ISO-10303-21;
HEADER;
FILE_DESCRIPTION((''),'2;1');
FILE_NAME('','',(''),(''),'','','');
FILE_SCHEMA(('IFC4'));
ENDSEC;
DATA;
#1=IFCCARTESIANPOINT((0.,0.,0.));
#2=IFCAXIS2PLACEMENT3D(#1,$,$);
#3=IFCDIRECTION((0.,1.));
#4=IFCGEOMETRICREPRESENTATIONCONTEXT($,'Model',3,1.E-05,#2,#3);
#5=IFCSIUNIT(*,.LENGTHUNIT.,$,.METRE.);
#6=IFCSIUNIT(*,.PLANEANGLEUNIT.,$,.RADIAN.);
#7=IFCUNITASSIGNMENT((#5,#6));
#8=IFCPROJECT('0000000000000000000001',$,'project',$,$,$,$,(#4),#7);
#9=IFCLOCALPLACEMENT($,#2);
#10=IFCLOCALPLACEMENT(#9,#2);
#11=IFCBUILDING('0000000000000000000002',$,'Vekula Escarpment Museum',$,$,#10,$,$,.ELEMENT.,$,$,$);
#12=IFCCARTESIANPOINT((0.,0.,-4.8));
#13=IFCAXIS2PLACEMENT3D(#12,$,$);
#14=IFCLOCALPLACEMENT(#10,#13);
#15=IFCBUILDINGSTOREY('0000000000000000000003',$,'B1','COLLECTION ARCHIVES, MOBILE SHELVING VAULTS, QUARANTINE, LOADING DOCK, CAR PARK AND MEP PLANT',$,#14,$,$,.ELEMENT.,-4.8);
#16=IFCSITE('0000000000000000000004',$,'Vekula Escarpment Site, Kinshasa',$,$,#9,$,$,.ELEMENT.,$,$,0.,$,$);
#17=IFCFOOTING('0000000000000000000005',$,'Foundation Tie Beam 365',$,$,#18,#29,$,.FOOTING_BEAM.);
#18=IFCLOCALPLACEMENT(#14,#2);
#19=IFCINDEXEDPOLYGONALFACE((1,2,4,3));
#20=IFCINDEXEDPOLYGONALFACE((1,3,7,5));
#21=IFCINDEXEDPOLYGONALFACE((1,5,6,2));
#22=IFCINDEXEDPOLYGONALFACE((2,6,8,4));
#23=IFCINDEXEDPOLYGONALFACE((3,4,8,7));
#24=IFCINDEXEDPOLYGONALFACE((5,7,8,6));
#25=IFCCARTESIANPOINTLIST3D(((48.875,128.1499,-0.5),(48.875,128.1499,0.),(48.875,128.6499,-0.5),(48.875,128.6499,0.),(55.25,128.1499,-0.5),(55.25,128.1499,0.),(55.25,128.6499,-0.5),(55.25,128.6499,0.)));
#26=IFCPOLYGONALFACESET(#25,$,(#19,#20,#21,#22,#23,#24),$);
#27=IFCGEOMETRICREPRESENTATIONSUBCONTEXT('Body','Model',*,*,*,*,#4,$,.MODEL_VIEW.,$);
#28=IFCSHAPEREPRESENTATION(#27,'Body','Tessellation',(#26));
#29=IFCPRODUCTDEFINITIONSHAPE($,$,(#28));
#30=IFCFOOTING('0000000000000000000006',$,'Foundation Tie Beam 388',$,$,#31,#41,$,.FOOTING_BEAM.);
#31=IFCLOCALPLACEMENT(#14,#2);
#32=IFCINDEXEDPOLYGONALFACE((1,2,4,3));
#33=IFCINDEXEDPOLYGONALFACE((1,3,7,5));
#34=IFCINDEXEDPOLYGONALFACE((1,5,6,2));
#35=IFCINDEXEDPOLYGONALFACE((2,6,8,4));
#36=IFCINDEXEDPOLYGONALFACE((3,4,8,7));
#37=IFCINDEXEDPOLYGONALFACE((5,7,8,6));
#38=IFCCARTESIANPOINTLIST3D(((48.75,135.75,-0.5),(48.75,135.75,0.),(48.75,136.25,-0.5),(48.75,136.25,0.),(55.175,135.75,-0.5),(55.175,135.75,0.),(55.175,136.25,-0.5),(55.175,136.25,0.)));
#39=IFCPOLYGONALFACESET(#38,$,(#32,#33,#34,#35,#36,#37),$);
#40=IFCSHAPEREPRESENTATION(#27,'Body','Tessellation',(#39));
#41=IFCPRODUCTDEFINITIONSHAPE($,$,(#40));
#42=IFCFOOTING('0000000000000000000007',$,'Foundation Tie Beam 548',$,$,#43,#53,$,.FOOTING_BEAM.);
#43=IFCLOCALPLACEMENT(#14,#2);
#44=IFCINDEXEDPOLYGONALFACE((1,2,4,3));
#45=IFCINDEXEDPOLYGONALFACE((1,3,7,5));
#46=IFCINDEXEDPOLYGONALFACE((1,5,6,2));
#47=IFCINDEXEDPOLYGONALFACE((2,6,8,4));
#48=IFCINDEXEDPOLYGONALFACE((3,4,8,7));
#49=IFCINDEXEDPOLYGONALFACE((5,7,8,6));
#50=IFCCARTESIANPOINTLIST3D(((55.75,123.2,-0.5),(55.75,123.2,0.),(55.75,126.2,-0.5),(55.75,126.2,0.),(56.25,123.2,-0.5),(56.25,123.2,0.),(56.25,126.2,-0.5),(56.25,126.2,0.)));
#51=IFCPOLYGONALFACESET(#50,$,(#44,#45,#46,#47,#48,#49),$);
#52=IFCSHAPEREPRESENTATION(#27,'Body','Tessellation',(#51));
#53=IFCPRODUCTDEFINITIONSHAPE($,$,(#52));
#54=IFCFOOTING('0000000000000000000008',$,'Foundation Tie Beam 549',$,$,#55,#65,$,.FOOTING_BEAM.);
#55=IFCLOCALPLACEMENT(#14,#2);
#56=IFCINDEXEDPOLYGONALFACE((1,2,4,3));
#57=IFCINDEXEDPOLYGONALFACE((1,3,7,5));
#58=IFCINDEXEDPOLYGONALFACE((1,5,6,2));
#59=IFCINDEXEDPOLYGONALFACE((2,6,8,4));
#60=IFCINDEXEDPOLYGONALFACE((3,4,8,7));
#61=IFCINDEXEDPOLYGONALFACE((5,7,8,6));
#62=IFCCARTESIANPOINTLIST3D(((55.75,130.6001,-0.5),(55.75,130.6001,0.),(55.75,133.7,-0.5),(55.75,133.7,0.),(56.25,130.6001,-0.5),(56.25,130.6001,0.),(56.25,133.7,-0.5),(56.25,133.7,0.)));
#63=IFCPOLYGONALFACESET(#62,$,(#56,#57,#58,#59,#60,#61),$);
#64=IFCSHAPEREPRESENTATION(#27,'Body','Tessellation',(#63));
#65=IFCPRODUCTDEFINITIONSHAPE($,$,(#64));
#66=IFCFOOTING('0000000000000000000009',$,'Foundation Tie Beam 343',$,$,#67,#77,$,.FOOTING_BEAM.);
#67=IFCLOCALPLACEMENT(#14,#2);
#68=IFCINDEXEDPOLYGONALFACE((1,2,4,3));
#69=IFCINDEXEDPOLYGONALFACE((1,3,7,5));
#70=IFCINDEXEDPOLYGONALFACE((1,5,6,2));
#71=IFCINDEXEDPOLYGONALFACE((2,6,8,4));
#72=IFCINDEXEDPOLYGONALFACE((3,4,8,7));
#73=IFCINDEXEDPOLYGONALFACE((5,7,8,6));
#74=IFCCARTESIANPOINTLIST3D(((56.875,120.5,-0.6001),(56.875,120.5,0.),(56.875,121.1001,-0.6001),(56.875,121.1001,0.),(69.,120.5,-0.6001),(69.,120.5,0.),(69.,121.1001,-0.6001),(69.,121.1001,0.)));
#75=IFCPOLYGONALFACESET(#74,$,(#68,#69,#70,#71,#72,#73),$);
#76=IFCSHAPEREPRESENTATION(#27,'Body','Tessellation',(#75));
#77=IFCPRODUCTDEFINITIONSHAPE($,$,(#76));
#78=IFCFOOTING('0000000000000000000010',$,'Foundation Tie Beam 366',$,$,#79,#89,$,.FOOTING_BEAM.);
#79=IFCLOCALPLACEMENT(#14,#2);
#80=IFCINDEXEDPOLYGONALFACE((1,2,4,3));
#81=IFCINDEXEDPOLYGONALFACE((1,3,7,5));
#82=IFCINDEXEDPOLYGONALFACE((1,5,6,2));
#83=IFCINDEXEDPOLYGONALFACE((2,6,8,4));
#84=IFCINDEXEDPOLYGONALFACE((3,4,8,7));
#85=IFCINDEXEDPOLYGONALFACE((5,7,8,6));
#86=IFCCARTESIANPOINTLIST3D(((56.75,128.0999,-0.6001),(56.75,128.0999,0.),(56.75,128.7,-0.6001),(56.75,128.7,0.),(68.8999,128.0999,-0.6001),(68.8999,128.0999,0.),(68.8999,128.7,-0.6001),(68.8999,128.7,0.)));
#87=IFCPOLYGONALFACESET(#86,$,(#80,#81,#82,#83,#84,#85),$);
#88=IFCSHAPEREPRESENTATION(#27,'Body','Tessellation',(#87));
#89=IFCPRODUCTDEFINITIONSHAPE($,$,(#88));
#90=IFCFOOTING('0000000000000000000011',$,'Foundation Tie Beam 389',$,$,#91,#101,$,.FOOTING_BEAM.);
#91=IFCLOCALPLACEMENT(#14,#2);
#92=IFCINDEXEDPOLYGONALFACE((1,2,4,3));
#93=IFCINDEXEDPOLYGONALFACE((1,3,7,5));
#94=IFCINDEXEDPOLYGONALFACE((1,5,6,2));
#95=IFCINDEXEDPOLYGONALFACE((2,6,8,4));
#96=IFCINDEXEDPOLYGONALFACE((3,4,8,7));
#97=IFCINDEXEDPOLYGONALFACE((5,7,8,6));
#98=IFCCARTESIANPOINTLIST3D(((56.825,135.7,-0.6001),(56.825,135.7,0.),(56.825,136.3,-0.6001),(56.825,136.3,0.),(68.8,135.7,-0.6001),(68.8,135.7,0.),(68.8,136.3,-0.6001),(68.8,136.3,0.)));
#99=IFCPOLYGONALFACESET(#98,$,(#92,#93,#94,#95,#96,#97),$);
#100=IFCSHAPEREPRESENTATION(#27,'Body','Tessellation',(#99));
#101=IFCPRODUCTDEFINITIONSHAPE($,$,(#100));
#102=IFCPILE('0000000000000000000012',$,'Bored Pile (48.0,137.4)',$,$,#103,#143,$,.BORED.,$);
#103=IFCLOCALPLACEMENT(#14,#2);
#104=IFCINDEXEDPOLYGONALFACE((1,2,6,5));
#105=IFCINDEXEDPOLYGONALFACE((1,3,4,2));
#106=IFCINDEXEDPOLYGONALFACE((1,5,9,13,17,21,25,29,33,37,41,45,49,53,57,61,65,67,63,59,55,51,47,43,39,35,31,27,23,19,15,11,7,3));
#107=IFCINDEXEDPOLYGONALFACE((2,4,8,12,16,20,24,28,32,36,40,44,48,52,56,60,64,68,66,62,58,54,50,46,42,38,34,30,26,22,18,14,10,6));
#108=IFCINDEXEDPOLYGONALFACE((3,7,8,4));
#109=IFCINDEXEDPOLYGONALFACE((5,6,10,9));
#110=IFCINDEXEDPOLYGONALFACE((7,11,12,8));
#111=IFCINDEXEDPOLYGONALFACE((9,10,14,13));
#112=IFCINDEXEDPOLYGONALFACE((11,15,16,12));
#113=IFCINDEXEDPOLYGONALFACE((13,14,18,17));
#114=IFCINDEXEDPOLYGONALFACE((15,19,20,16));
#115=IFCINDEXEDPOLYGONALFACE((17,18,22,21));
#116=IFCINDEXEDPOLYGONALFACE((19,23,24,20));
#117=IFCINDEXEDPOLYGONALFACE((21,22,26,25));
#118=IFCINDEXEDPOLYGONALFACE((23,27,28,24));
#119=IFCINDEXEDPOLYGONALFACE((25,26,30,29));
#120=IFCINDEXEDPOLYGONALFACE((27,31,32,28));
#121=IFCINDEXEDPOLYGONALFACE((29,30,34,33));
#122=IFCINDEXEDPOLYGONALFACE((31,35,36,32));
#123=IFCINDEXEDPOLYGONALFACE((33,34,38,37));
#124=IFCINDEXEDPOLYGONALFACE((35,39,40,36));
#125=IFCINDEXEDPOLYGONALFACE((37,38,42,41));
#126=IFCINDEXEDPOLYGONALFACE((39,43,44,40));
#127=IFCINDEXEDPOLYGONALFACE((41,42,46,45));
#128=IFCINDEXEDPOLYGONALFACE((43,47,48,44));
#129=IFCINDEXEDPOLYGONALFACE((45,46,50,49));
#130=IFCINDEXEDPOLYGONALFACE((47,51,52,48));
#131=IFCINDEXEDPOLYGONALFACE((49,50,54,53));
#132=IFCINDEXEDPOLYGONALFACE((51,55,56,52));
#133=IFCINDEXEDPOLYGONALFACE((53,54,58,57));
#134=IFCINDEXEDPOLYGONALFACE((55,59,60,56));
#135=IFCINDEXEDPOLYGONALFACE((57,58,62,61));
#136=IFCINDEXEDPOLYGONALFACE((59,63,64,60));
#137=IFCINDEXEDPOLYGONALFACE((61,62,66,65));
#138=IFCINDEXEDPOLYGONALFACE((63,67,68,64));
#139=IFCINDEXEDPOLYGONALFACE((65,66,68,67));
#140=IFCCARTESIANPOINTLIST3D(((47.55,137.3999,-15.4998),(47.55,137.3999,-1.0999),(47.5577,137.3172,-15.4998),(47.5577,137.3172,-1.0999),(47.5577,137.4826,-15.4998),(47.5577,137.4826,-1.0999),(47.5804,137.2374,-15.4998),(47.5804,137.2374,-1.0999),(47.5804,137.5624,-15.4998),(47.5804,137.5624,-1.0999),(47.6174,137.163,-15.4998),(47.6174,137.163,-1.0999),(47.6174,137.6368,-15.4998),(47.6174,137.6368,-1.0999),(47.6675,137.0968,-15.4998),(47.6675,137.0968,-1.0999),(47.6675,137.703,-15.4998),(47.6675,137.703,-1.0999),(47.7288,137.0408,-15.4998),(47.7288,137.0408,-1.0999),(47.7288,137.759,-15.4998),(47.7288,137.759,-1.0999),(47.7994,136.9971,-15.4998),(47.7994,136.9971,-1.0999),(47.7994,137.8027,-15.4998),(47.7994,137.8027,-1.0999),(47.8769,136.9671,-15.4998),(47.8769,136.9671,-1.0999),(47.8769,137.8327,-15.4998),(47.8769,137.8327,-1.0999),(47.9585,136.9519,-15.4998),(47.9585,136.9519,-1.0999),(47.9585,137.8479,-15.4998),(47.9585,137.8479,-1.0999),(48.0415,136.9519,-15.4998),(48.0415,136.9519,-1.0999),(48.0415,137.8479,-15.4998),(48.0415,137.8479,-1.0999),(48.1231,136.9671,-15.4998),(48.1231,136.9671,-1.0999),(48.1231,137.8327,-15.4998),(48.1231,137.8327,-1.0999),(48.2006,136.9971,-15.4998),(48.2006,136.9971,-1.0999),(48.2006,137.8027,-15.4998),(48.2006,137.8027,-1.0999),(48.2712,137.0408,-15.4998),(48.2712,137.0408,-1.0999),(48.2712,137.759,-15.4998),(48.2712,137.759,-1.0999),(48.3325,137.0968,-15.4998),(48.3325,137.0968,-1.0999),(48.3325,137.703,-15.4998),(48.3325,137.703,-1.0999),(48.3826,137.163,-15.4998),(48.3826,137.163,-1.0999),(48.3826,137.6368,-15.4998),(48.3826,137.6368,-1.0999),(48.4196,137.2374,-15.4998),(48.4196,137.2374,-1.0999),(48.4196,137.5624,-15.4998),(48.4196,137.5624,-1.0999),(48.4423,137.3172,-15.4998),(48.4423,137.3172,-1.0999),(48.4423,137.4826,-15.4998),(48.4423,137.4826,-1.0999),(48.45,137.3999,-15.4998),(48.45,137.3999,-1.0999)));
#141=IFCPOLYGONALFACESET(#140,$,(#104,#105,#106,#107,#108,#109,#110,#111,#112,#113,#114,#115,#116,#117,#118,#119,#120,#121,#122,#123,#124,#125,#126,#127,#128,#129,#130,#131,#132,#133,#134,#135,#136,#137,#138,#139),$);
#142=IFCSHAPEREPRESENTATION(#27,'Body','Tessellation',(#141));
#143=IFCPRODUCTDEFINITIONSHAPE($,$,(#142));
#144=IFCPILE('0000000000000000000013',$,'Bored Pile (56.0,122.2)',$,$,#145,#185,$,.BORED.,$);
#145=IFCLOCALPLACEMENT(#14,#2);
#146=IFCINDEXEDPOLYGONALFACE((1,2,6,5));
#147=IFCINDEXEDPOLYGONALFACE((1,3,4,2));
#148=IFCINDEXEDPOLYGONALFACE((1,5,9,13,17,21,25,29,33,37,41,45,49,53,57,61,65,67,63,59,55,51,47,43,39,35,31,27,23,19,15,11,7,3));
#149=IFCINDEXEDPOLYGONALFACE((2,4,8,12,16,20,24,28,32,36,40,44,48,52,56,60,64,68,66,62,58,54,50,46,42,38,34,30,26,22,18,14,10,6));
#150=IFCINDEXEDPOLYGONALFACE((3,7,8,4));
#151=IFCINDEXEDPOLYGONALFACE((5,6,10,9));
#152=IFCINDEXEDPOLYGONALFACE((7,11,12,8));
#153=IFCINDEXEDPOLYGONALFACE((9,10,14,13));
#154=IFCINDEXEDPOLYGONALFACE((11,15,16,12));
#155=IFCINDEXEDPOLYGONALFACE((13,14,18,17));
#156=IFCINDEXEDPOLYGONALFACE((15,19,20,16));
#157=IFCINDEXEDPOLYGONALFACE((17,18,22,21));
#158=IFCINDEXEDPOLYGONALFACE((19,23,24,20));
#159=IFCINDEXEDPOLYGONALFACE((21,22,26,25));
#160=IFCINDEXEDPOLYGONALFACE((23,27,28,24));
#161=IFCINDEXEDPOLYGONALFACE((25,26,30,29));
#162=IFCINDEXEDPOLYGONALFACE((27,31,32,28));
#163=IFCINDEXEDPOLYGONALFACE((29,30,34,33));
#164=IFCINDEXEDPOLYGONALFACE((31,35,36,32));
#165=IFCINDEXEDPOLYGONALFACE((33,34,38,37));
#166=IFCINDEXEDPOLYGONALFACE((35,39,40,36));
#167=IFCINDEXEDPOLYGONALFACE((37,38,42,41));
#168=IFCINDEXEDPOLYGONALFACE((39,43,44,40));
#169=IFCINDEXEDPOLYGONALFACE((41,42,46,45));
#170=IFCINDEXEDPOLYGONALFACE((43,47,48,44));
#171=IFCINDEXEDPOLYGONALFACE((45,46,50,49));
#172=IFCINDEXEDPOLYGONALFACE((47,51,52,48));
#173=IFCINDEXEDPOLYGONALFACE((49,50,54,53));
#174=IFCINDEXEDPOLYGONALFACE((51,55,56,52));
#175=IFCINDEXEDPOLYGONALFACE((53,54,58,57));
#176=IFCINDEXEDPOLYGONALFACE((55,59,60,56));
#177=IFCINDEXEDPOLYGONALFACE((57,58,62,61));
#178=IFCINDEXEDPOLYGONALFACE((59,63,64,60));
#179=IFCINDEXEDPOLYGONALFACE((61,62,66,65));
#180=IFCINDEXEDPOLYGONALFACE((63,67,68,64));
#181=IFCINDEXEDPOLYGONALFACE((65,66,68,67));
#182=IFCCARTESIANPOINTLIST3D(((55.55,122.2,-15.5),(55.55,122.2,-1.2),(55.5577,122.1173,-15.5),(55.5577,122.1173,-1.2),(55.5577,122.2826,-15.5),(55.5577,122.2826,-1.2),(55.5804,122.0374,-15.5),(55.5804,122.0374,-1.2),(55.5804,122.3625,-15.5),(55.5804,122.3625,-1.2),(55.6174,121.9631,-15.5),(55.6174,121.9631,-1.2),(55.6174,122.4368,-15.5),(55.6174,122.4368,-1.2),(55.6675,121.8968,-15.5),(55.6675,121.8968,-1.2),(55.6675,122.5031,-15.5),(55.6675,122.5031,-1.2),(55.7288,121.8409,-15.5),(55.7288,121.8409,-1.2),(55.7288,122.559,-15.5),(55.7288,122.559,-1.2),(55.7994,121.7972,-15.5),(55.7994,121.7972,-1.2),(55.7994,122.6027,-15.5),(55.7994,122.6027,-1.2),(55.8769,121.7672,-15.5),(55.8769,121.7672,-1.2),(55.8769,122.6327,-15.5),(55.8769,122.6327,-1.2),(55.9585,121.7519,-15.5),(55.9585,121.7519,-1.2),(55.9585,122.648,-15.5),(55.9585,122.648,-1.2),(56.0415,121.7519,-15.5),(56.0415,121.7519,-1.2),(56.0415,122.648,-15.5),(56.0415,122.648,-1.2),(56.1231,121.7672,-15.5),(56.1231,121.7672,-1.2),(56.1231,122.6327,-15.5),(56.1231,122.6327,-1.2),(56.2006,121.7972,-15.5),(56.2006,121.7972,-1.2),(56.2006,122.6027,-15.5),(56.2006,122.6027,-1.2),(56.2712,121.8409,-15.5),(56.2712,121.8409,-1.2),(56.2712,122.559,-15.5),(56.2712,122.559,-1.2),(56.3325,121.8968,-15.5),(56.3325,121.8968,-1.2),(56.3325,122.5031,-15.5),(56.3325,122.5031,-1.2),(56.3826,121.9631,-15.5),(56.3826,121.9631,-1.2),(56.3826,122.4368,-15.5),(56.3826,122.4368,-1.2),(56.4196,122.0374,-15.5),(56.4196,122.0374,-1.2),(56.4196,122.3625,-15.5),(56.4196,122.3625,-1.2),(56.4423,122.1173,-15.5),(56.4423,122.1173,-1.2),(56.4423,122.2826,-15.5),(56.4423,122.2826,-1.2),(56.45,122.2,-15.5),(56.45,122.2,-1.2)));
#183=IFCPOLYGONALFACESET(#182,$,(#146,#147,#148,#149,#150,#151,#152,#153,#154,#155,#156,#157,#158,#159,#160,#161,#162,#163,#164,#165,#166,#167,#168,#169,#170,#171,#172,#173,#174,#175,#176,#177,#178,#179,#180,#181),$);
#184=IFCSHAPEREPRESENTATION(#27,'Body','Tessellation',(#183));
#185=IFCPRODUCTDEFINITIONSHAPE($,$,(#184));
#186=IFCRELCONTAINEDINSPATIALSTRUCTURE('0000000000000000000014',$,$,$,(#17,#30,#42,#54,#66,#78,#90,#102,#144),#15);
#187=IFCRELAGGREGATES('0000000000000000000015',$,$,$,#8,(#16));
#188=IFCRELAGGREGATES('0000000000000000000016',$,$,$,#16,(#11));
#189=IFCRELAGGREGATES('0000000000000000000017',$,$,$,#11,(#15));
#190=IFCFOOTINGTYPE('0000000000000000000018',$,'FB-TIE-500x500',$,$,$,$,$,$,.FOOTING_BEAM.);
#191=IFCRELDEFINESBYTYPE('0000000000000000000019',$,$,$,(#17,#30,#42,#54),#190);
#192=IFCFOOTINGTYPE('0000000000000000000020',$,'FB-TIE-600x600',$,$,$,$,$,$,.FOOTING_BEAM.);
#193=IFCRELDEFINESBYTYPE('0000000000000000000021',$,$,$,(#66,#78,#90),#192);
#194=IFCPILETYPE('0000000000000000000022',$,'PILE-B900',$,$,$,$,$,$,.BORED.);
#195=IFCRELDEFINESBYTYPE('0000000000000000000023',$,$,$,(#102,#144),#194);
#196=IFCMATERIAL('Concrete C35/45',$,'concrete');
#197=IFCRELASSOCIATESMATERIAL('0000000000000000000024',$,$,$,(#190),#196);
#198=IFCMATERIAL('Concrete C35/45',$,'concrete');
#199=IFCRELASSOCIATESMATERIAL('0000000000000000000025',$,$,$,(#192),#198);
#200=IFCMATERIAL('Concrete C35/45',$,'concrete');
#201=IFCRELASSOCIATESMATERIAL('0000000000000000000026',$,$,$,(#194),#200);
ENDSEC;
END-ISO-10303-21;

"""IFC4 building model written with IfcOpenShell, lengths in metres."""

from ifc_helpers import new_model, si_unit, direction, frame, origin, origin_2d, place, context, subcontext, project, spatial, rectangle, circle, extrude, material, material_profile, profile_set, type_object, element, save


model = new_model("IFC4")

# Units and contexts
model_context = context("Model", 3, precision=1e-05, world=origin(), true_north=direction((0.0, 1.0)))
body_context = subcontext(model_context, "Body", "Model", "MODEL_VIEW")
ifc_project = project(units=[si_unit("LENGTHUNIT", "METRE"), si_unit("PLANEANGLEUNIT", "RADIAN")], contexts=[model_context])

# Site, building, storey
site_placement = place(None, origin())
site = spatial("IfcSite", under=ifc_project, at=site_placement, Name="Vekula Escarpment Site, Kinshasa", CompositionType="ELEMENT", RefElevation=0.0)
building_placement = place(site_placement, origin())
building = spatial("IfcBuilding", under=site, at=building_placement, Name="Vekula Escarpment Museum", CompositionType="ELEMENT")
storey_placement = place(building_placement, frame((0.0, 0.0, -4.8)))
storey = spatial("IfcBuildingStorey", under=building, at=storey_placement, Name="B1", Description="COLLECTION ARCHIVES, MOBILE SHELVING VAULTS, QUARANTINE, LOADING DOCK, CAR PARK AND MEP PLANT", CompositionType="ELEMENT", Elevation=-4.8)

# Footings
ifc_material_1 = material(Name="Concrete C35/45", Category="concrete")
ifc_material_profile_1 = material_profile(ifc_material_1, rectangle(XDim=0.5, YDim=0.5, at=origin_2d()), Name="RC 500x500")
ifc_profile_set_1 = profile_set([ifc_material_profile_1], Name="Concrete C35/45")
footing_type_1 = type_object("IfcFootingType", Name="FB-TIE-500x500", PredefinedType="FOOTING_BEAM", material=ifc_profile_set_1)
footing_1_placement = place(storey_placement, frame((48.875, 128.3999, -0.25), z_axis=(1.0, 0.0, 0.0), x_axis=(0.0, 1.0, 0.0)))
element("IfcFooting", 1, at=footing_1_placement, inside=storey, type_object=footing_type_1, Name="Foundation Tie Beam 365", PredefinedType="FOOTING_BEAM", context=body_context, shape_type="SweptSolid", body=[
    extrude(rectangle(XDim=0.5, YDim=0.5, at=origin_2d()), origin(), (0.0, 0.0, 1.0), 6.375),
])
footing_2_placement = place(storey_placement, frame((48.75, 136.0, -0.25), z_axis=(1.0, 0.0, 0.0), x_axis=(0.0, 1.0, 0.0)))
element("IfcFooting", 2, at=footing_2_placement, inside=storey, type_object=footing_type_1, Name="Foundation Tie Beam 388", PredefinedType="FOOTING_BEAM", context=body_context, shape_type="SweptSolid", body=[
    extrude(rectangle(XDim=0.5, YDim=0.5, at=origin_2d()), origin(), (0.0, 0.0, 1.0), 6.425),
])
footing_3_placement = place(storey_placement, frame((56.0, 123.2, -0.25), z_axis=(0.0, 1.0, 0.0), x_axis=(-1.0, 0.0, 0.0)))
element("IfcFooting", 3, at=footing_3_placement, inside=storey, type_object=footing_type_1, Name="Foundation Tie Beam 548", PredefinedType="FOOTING_BEAM", context=body_context, shape_type="SweptSolid", body=[
    extrude(rectangle(XDim=0.5, YDim=0.5, at=origin_2d()), origin(), (0.0, 0.0, 1.0), 3.0),
])
footing_4_placement = place(storey_placement, frame((56.0, 130.6001, -0.25), z_axis=(0.0, 1.0, 0.0), x_axis=(-1.0, 0.0, 0.0)))
element("IfcFooting", 4, at=footing_4_placement, inside=storey, type_object=footing_type_1, Name="Foundation Tie Beam 549", PredefinedType="FOOTING_BEAM", context=body_context, shape_type="SweptSolid", body=[
    extrude(rectangle(XDim=0.5, YDim=0.5, at=origin_2d()), origin(), (0.0, 0.0, 1.0), 3.0999),
])
ifc_material_2 = material(Name="Concrete C35/45", Category="concrete")
ifc_material_profile_2 = material_profile(ifc_material_2, rectangle(XDim=0.6001, YDim=0.6001, at=origin_2d()), Name="RC 600x600")
ifc_profile_set_2 = profile_set([ifc_material_profile_2], Name="Concrete C35/45")
footing_type_2 = type_object("IfcFootingType", Name="FB-TIE-600x600", PredefinedType="FOOTING_BEAM", material=ifc_profile_set_2)
footing_5_placement = place(storey_placement, frame((56.875, 120.8, -0.3), z_axis=(1.0, 0.0, 0.0), x_axis=(0.0, 1.0, 0.0)))
element("IfcFooting", 5, at=footing_5_placement, inside=storey, type_object=footing_type_2, Name="Foundation Tie Beam 343", PredefinedType="FOOTING_BEAM", context=body_context, shape_type="SweptSolid", body=[
    extrude(rectangle(XDim=0.6001, YDim=0.6001, at=origin_2d()), origin(), (0.0, 0.0, 1.0), 12.125),
])
footing_6_placement = place(storey_placement, frame((56.75, 128.3999, -0.3), z_axis=(1.0, 0.0, 0.0), x_axis=(0.0, 1.0, 0.0)))
element("IfcFooting", 6, at=footing_6_placement, inside=storey, type_object=footing_type_2, Name="Foundation Tie Beam 366", PredefinedType="FOOTING_BEAM", context=body_context, shape_type="SweptSolid", body=[
    extrude(rectangle(XDim=0.6001, YDim=0.6001, at=origin_2d()), origin(), (0.0, 0.0, 1.0), 12.1499),
])
footing_7_placement = place(storey_placement, frame((56.825, 136.0, -0.3), z_axis=(1.0, 0.0, 0.0), x_axis=(0.0, 1.0, 0.0)))
element("IfcFooting", 7, at=footing_7_placement, inside=storey, type_object=footing_type_2, Name="Foundation Tie Beam 389", PredefinedType="FOOTING_BEAM", context=body_context, shape_type="SweptSolid", body=[
    extrude(rectangle(XDim=0.6001, YDim=0.6001, at=origin_2d()), origin(), (0.0, 0.0, 1.0), 11.9751),
])

# Piles
ifc_material_3 = material(Name="Concrete C35/45", Category="concrete")
ifc_material_profile_3 = material_profile(ifc_material_3, circle(Radius=0.45, at=origin_2d()), Name="BORED PILE 900")
ifc_profile_set_3 = profile_set([ifc_material_profile_3], Name="Concrete C35/45")
pile_type = type_object("IfcPileType", Name="PILE-B900", PredefinedType="BORED", material=ifc_profile_set_3)
pile_1_placement = place(storey_placement, frame((48.0, 137.3999, -1.0999), z_axis=(0.0, 0.0, -1.0), x_axis=(1.0, 0.0, 0.0)))
element("IfcPile", 8, at=pile_1_placement, inside=storey, type_object=pile_type, Name="Bored Pile (48.0,137.4)", PredefinedType="BORED", context=body_context, shape_type="SweptSolid", body=[
    extrude(circle(Radius=0.45, at=origin_2d()), origin(), (0.0, 0.0, 1.0), 14.3999),
])
pile_2_placement = place(storey_placement, frame((56.0, 122.2, -1.2), z_axis=(0.0, 0.0, -1.0), x_axis=(1.0, 0.0, 0.0)))
element("IfcPile", 9, at=pile_2_placement, inside=storey, type_object=pile_type, Name="Bored Pile (56.0,122.2)", PredefinedType="BORED", context=body_context, shape_type="SweptSolid", body=[
    extrude(circle(Radius=0.45, at=origin_2d()), origin(), (0.0, 0.0, 1.0), 14.3),
])

save(model, "model.ifc")
